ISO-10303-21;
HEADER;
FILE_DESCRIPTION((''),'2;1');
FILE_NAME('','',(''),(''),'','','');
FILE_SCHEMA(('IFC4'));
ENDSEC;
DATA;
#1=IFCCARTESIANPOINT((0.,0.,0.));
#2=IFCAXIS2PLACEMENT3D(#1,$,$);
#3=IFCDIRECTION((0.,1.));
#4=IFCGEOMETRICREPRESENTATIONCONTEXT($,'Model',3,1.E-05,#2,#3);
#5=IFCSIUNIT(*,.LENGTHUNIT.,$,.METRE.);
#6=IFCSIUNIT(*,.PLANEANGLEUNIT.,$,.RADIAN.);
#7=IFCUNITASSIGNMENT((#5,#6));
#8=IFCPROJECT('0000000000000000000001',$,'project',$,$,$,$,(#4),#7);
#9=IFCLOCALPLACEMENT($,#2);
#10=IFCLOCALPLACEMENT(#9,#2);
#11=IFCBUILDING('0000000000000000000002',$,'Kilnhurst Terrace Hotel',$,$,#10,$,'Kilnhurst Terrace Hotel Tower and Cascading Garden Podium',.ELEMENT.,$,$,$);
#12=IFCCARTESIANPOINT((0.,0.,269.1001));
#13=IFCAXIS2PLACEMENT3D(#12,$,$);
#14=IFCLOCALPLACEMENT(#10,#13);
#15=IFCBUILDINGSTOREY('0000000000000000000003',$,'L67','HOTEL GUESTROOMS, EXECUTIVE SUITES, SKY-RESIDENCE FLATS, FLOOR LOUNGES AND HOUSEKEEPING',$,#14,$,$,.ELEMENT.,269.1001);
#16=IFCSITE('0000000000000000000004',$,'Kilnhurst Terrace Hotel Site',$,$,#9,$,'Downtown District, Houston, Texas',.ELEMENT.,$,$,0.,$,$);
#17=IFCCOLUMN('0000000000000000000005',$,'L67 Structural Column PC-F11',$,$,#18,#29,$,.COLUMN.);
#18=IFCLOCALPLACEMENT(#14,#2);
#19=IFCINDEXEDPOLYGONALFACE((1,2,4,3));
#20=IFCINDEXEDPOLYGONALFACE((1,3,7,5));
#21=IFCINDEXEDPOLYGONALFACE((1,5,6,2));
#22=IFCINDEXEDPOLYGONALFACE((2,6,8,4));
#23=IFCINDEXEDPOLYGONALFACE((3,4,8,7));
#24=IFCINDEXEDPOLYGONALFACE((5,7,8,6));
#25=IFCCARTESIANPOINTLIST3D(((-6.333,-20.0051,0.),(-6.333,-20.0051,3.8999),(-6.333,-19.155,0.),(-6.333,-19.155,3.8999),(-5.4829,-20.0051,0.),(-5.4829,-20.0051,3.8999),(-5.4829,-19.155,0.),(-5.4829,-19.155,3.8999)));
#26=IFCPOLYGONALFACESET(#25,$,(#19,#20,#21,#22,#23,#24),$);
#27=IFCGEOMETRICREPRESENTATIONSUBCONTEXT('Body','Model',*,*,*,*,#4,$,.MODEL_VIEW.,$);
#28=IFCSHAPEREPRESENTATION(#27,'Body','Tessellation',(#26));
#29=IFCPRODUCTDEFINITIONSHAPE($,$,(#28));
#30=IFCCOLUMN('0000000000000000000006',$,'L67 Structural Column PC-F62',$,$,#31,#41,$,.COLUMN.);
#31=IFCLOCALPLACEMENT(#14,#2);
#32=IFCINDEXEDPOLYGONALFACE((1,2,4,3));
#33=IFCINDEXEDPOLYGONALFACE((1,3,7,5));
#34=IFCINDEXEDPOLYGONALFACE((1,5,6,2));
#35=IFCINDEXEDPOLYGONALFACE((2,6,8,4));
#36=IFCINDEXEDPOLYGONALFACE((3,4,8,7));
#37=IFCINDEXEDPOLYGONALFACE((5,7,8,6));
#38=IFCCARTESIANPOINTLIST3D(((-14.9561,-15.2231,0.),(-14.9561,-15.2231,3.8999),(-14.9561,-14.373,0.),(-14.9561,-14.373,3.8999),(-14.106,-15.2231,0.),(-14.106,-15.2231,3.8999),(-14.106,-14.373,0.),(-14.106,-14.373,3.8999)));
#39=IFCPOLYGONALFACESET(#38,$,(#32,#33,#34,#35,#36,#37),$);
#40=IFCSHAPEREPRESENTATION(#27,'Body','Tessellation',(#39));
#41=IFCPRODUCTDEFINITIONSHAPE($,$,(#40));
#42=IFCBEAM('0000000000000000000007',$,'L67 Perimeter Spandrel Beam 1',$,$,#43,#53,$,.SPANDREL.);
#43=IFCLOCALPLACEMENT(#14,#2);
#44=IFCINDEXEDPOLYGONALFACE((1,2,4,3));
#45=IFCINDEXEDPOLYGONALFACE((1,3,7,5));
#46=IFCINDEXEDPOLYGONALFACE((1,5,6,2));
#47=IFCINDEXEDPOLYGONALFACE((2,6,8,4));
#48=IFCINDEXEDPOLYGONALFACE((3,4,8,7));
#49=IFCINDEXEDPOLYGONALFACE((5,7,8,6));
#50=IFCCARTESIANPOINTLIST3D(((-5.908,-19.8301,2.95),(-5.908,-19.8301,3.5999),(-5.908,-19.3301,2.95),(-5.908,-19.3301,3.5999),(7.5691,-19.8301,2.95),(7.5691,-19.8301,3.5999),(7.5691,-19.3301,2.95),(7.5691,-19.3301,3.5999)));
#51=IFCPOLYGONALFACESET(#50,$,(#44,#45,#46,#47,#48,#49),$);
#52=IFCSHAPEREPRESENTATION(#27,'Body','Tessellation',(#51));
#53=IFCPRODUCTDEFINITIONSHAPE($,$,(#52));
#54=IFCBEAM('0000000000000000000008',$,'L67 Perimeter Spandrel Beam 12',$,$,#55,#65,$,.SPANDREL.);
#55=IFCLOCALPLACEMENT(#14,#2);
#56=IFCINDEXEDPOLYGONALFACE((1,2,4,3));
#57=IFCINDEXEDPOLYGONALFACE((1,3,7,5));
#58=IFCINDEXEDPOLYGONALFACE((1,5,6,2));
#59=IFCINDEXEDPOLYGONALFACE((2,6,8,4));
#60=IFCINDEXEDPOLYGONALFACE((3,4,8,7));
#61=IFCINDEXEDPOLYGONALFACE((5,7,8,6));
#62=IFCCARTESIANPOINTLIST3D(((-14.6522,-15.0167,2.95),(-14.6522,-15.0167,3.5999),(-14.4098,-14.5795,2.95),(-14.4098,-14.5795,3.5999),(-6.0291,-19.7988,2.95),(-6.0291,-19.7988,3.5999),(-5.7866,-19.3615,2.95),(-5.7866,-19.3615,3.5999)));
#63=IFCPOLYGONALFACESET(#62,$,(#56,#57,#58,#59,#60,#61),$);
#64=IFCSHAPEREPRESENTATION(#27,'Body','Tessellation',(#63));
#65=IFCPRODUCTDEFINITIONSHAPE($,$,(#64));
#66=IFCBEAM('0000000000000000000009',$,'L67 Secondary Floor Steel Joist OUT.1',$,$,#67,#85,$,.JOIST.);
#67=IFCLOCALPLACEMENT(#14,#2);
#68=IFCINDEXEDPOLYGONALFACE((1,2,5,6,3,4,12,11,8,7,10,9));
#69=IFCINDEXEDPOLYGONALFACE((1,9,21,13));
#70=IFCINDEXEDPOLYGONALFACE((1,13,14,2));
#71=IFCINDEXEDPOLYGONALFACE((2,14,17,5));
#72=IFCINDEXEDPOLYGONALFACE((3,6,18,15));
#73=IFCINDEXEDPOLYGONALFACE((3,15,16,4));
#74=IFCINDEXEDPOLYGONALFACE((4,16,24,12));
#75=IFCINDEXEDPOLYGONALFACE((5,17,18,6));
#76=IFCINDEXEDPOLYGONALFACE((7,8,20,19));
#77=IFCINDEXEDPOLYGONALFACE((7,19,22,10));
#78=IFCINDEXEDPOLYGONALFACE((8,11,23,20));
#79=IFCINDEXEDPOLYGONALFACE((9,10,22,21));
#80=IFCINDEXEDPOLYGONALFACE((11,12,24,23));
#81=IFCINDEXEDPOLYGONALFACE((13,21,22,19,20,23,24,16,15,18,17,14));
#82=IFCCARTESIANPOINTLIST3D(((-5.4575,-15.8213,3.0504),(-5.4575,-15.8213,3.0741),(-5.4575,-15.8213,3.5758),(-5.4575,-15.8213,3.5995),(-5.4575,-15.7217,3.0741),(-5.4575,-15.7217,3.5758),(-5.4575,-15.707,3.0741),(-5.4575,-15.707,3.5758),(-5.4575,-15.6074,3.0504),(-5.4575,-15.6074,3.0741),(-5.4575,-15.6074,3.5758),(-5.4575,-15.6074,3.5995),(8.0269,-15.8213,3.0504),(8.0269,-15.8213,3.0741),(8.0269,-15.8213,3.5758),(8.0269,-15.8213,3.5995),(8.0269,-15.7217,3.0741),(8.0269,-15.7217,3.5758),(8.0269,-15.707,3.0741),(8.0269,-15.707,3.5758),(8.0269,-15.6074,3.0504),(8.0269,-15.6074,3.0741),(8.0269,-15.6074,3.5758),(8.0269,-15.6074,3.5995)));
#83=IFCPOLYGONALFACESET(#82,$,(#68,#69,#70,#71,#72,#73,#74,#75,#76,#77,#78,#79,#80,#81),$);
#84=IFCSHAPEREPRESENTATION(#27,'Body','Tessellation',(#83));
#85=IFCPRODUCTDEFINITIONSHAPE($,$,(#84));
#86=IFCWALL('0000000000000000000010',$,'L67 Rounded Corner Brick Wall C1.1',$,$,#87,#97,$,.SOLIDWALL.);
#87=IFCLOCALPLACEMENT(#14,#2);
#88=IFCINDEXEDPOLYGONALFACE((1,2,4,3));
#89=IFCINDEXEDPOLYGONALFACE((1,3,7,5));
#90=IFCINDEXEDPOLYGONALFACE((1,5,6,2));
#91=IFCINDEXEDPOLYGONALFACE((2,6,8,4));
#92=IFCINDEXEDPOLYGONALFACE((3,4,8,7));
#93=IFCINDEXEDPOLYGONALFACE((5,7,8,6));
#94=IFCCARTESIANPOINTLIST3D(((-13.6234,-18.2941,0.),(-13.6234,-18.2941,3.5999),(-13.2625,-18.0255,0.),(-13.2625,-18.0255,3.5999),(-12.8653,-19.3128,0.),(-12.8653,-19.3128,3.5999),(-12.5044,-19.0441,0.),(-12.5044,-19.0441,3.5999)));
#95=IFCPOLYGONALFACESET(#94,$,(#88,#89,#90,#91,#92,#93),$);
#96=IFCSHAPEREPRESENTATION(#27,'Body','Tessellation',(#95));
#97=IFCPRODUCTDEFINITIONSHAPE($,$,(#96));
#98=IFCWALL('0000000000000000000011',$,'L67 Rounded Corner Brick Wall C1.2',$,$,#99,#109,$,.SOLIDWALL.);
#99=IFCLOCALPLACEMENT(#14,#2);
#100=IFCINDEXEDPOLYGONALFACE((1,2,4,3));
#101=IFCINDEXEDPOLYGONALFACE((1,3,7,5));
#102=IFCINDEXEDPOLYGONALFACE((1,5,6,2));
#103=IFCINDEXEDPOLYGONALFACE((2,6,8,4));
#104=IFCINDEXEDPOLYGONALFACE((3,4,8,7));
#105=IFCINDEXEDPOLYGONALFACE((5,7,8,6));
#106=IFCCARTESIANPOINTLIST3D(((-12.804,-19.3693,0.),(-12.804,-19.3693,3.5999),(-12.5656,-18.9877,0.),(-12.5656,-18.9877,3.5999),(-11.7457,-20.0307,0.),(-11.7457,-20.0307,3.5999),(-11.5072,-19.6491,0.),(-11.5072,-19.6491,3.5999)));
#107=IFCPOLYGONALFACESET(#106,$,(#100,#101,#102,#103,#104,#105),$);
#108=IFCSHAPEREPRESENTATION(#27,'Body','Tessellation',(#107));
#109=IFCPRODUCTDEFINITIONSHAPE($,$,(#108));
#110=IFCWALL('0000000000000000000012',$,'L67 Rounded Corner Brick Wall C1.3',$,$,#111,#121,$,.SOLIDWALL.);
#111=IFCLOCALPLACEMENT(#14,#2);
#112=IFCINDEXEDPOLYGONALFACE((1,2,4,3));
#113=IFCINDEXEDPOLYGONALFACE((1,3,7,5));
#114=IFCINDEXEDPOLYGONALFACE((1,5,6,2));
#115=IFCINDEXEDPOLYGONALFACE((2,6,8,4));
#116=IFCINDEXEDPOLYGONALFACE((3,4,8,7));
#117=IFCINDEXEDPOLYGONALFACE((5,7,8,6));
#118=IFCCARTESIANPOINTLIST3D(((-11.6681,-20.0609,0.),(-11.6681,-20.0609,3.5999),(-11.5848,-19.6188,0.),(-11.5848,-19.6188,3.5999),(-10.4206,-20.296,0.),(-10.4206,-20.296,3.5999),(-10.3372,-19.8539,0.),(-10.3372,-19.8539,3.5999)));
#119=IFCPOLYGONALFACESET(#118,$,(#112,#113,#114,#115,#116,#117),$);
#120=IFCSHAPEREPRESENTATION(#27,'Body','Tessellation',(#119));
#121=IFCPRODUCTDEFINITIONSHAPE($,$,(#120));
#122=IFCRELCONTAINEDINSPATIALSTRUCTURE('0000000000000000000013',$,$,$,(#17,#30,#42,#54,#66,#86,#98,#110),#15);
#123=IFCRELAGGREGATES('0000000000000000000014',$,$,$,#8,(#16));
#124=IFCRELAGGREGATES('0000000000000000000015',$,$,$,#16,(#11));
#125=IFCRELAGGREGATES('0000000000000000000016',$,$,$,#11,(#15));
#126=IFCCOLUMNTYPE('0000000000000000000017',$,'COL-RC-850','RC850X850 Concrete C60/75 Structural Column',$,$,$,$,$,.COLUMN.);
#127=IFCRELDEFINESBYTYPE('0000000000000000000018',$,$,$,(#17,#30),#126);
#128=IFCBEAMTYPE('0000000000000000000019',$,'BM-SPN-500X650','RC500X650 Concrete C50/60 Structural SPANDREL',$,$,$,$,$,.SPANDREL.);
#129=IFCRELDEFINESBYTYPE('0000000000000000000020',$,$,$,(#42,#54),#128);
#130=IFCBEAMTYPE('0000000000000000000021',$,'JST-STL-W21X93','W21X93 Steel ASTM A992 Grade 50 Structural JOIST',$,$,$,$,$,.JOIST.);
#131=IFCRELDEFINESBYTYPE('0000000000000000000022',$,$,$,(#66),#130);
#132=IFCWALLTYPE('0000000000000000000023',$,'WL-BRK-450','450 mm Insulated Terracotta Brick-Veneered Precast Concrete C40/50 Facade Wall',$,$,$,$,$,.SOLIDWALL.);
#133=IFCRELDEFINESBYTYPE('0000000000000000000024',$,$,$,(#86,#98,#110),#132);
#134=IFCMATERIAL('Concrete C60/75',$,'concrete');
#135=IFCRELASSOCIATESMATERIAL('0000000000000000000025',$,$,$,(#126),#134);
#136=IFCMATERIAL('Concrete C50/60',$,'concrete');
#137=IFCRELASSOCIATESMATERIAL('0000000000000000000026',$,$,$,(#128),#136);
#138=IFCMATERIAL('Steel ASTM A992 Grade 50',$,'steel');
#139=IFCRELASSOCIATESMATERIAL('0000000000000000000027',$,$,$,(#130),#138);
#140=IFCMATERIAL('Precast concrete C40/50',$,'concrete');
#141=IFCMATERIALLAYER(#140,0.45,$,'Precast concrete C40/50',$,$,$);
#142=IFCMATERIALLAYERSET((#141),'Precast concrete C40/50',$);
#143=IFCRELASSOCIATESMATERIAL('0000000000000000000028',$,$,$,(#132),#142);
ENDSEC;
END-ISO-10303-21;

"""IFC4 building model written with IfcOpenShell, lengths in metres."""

from ifc_helpers import new_model, si_unit, direction, frame, frame_2d, origin, origin_2d, place, context, subcontext, project, spatial, rectangle, i_section, extrude, material, layer, layer_set, material_profile, profile_set, type_object, element, save


model = new_model("IFC4")

# Units and contexts
model_context = context("Model", 3, precision=1e-05, world=origin(), true_north=direction((0.0, 1.0)))
body_context = subcontext(model_context, "Body", "Model", "MODEL_VIEW")
ifc_project = project(units=[si_unit("LENGTHUNIT", "METRE"), si_unit("PLANEANGLEUNIT", "RADIAN")], contexts=[model_context])

# Site, building, storey
site_placement = place(None, origin())
site = spatial("IfcSite", under=ifc_project, at=site_placement, Name="Kilnhurst Terrace Hotel Site", LongName="Downtown District, Houston, Texas", CompositionType="ELEMENT", RefElevation=0.0)
building_placement = place(site_placement, origin())
building = spatial("IfcBuilding", under=site, at=building_placement, Name="Kilnhurst Terrace Hotel", LongName="Kilnhurst Terrace Hotel Tower and Cascading Garden Podium", CompositionType="ELEMENT")
storey_placement = place(building_placement, frame((0.0, 0.0, 269.1001)))
storey = spatial("IfcBuildingStorey", under=building, at=storey_placement, Name="L67", Description="HOTEL GUESTROOMS, EXECUTIVE SUITES, SKY-RESIDENCE FLATS, FLOOR LOUNGES AND HOUSEKEEPING", CompositionType="ELEMENT", Elevation=269.1001)

# Columns
ifc_material_1 = material(Name="Concrete C60/75", Category="concrete")
ifc_material_profile_1 = material_profile(ifc_material_1, rectangle(XDim=0.8501, YDim=0.8501, at=origin_2d()), Name="RC850X850")
ifc_profile_set_1 = profile_set([ifc_material_profile_1], Name="Concrete C60/75")
column_type = type_object("IfcColumnType", Name="COL-RC-850", Description="RC850X850 Concrete C60/75 Structural Column", PredefinedType="COLUMN", material=ifc_profile_set_1)
for number, where, z_axis, x_axis, name in (
    (1, (-5.908, -19.5801, 0.0), (0.0, 0.0, 1.0), (1.0, 0.0, 0.0), "L67 Structural Column PC-F11"),
    (2, (-14.531, -14.7981, 0.0), (0.0, 0.0, 1.0), (1.0, 0.0, 0.0), "L67 Structural Column PC-F62"),
):
    element("IfcColumn", number, at=place(storey_placement, frame(where, z_axis=z_axis, x_axis=x_axis)), inside=storey, type_object=column_type, Name=name, PredefinedType="COLUMN", context=body_context, shape_type="SweptSolid", body=[
        extrude(rectangle(XDim=0.8501, YDim=0.8501, at=origin_2d()), origin(), (0.0, 0.0, 1.0), 3.8999),
    ])

# Beams
ifc_material_2 = material(Name="Concrete C50/60", Category="concrete")
ifc_material_profile_2 = material_profile(ifc_material_2, rectangle(XDim=0.5, YDim=0.6499, at=origin_2d()), Name="RC500X650")
ifc_profile_set_2 = profile_set([ifc_material_profile_2], Name="Concrete C50/60")
beam_type_1 = type_object("IfcBeamType", Name="BM-SPN-500X650", Description="RC500X650 Concrete C50/60 Structural SPANDREL", PredefinedType="SPANDREL", material=ifc_profile_set_2)
beam_1_placement = place(storey_placement, frame((-5.908, -19.5801, 3.2749), z_axis=(1.0, 0.0, 0.0), x_axis=(0.0, 1.0, 0.0)))
element("IfcBeam", 3, at=beam_1_placement, inside=storey, type_object=beam_type_1, Name="L67 Perimeter Spandrel Beam 1", PredefinedType="SPANDREL", context=body_context, shape_type="SweptSolid", body=[
    extrude(rectangle(XDim=0.5, YDim=0.6499, at=origin_2d()), origin(), (0.0, 0.0, 1.0), 13.4771),
])
beam_2_placement = place(storey_placement, frame((-14.531, -14.7981, 3.2749), z_axis=(0.874527, -0.484976, 0.0), x_axis=(0.484976, 0.874527, 0.0)))
element("IfcBeam", 4, at=beam_2_placement, inside=storey, type_object=beam_type_1, Name="L67 Perimeter Spandrel Beam 12", PredefinedType="SPANDREL", context=body_context, shape_type="SweptSolid", body=[
    extrude(rectangle(XDim=0.5, YDim=0.6499, at=origin_2d()), origin(), (0.0, 0.0, 1.0), 9.8604),
])
ifc_material_3 = material(Name="Steel ASTM A992 Grade 50", Category="steel")
ifc_material_profile_3 = material_profile(ifc_material_3, i_section(OverallWidth=0.2139, OverallDepth=0.5491, WebThickness=0.0146, FlangeThickness=0.0237, at=origin_2d()), Name="W21X93")
ifc_profile_set_3 = profile_set([ifc_material_profile_3], Name="Steel ASTM A992 Grade 50")
beam_type_2 = type_object("IfcBeamType", Name="JST-STL-W21X93", Description="W21X93 Steel ASTM A992 Grade 50 Structural JOIST", PredefinedType="JOIST", material=ifc_profile_set_3)
beam_3_placement = place(storey_placement, frame((-5.4575, -15.7144, 3.325), z_axis=(1.0, 0.0, 0.0), x_axis=(0.0, 1.0, 0.0)))
element("IfcBeam", 5, at=beam_3_placement, inside=storey, type_object=beam_type_2, Name="L67 Secondary Floor Steel Joist OUT.1", PredefinedType="JOIST", context=body_context, shape_type="SweptSolid", body=[
    extrude(i_section(OverallWidth=0.2139, OverallDepth=0.5491, WebThickness=0.0146, FlangeThickness=0.0237, at=origin_2d()), origin(), (0.0, 0.0, 1.0), 13.4844),
])

# Walls
ifc_material_4 = material(Name="Precast concrete C40/50", Category="concrete")
ifc_layer_1 = layer(ifc_material_4, 0.45, Name="Precast concrete C40/50")
ifc_layer_set_1 = layer_set([ifc_layer_1], Name="Precast concrete C40/50")
wall_type_1 = type_object("IfcWallType", Name="WL-BRK-450", Description="450 mm Insulated Terracotta Brick-Veneered Precast Concrete C40/50 Facade Wall", PredefinedType="SOLIDWALL", material=ifc_layer_set_1)
wall_1_placement = place(storey_placement, frame((-13.4429, -18.1599, 0.0), z_axis=(0.0, 0.0, 1.0), x_axis=(0.597042, -0.80221, 0.0)))
element("IfcWall", 6, at=wall_1_placement, inside=storey, type_object=wall_type_1, Name="L67 Rounded Corner Brick Wall C1.1", PredefinedType="SOLIDWALL", context=body_context, shape_type="SweptSolid", body=[
    extrude(rectangle(XDim=1.2698, YDim=0.45, at=frame_2d((0.6348, 0.0))), origin(), (0.0, 0.0, 1.0), 3.5999),
])
wall_2_placement = place(storey_placement, frame((-12.6848, -19.1785, 0.0), z_axis=(0.0, 0.0, 1.0), x_axis=(0.848031, -0.529946, 0.0)))
element("IfcWall", 7, at=wall_2_placement, inside=storey, type_object=wall_type_1, Name="L67 Rounded Corner Brick Wall C1.2", PredefinedType="SOLIDWALL", context=body_context, shape_type="SweptSolid", body=[
    extrude(rectangle(XDim=1.248, YDim=0.45, at=frame_2d((0.624, 0.0))), origin(), (0.0, 0.0, 1.0), 3.5999),
])
wall_3_placement = place(storey_placement, frame((-11.6265, -19.8398, 0.0), z_axis=(0.0, 0.0, 1.0), x_axis=(0.982702, -0.185194, 0.0)))
element("IfcWall", 8, at=wall_3_placement, inside=storey, type_object=wall_type_1, Name="L67 Rounded Corner Brick Wall C1.3", PredefinedType="SOLIDWALL", context=body_context, shape_type="SweptSolid", body=[
    extrude(rectangle(XDim=1.2695, YDim=0.45, at=frame_2d((0.6348, 0.0))), origin(), (0.0, 0.0, 1.0), 3.5999),
])

save(model, "model.ifc")
